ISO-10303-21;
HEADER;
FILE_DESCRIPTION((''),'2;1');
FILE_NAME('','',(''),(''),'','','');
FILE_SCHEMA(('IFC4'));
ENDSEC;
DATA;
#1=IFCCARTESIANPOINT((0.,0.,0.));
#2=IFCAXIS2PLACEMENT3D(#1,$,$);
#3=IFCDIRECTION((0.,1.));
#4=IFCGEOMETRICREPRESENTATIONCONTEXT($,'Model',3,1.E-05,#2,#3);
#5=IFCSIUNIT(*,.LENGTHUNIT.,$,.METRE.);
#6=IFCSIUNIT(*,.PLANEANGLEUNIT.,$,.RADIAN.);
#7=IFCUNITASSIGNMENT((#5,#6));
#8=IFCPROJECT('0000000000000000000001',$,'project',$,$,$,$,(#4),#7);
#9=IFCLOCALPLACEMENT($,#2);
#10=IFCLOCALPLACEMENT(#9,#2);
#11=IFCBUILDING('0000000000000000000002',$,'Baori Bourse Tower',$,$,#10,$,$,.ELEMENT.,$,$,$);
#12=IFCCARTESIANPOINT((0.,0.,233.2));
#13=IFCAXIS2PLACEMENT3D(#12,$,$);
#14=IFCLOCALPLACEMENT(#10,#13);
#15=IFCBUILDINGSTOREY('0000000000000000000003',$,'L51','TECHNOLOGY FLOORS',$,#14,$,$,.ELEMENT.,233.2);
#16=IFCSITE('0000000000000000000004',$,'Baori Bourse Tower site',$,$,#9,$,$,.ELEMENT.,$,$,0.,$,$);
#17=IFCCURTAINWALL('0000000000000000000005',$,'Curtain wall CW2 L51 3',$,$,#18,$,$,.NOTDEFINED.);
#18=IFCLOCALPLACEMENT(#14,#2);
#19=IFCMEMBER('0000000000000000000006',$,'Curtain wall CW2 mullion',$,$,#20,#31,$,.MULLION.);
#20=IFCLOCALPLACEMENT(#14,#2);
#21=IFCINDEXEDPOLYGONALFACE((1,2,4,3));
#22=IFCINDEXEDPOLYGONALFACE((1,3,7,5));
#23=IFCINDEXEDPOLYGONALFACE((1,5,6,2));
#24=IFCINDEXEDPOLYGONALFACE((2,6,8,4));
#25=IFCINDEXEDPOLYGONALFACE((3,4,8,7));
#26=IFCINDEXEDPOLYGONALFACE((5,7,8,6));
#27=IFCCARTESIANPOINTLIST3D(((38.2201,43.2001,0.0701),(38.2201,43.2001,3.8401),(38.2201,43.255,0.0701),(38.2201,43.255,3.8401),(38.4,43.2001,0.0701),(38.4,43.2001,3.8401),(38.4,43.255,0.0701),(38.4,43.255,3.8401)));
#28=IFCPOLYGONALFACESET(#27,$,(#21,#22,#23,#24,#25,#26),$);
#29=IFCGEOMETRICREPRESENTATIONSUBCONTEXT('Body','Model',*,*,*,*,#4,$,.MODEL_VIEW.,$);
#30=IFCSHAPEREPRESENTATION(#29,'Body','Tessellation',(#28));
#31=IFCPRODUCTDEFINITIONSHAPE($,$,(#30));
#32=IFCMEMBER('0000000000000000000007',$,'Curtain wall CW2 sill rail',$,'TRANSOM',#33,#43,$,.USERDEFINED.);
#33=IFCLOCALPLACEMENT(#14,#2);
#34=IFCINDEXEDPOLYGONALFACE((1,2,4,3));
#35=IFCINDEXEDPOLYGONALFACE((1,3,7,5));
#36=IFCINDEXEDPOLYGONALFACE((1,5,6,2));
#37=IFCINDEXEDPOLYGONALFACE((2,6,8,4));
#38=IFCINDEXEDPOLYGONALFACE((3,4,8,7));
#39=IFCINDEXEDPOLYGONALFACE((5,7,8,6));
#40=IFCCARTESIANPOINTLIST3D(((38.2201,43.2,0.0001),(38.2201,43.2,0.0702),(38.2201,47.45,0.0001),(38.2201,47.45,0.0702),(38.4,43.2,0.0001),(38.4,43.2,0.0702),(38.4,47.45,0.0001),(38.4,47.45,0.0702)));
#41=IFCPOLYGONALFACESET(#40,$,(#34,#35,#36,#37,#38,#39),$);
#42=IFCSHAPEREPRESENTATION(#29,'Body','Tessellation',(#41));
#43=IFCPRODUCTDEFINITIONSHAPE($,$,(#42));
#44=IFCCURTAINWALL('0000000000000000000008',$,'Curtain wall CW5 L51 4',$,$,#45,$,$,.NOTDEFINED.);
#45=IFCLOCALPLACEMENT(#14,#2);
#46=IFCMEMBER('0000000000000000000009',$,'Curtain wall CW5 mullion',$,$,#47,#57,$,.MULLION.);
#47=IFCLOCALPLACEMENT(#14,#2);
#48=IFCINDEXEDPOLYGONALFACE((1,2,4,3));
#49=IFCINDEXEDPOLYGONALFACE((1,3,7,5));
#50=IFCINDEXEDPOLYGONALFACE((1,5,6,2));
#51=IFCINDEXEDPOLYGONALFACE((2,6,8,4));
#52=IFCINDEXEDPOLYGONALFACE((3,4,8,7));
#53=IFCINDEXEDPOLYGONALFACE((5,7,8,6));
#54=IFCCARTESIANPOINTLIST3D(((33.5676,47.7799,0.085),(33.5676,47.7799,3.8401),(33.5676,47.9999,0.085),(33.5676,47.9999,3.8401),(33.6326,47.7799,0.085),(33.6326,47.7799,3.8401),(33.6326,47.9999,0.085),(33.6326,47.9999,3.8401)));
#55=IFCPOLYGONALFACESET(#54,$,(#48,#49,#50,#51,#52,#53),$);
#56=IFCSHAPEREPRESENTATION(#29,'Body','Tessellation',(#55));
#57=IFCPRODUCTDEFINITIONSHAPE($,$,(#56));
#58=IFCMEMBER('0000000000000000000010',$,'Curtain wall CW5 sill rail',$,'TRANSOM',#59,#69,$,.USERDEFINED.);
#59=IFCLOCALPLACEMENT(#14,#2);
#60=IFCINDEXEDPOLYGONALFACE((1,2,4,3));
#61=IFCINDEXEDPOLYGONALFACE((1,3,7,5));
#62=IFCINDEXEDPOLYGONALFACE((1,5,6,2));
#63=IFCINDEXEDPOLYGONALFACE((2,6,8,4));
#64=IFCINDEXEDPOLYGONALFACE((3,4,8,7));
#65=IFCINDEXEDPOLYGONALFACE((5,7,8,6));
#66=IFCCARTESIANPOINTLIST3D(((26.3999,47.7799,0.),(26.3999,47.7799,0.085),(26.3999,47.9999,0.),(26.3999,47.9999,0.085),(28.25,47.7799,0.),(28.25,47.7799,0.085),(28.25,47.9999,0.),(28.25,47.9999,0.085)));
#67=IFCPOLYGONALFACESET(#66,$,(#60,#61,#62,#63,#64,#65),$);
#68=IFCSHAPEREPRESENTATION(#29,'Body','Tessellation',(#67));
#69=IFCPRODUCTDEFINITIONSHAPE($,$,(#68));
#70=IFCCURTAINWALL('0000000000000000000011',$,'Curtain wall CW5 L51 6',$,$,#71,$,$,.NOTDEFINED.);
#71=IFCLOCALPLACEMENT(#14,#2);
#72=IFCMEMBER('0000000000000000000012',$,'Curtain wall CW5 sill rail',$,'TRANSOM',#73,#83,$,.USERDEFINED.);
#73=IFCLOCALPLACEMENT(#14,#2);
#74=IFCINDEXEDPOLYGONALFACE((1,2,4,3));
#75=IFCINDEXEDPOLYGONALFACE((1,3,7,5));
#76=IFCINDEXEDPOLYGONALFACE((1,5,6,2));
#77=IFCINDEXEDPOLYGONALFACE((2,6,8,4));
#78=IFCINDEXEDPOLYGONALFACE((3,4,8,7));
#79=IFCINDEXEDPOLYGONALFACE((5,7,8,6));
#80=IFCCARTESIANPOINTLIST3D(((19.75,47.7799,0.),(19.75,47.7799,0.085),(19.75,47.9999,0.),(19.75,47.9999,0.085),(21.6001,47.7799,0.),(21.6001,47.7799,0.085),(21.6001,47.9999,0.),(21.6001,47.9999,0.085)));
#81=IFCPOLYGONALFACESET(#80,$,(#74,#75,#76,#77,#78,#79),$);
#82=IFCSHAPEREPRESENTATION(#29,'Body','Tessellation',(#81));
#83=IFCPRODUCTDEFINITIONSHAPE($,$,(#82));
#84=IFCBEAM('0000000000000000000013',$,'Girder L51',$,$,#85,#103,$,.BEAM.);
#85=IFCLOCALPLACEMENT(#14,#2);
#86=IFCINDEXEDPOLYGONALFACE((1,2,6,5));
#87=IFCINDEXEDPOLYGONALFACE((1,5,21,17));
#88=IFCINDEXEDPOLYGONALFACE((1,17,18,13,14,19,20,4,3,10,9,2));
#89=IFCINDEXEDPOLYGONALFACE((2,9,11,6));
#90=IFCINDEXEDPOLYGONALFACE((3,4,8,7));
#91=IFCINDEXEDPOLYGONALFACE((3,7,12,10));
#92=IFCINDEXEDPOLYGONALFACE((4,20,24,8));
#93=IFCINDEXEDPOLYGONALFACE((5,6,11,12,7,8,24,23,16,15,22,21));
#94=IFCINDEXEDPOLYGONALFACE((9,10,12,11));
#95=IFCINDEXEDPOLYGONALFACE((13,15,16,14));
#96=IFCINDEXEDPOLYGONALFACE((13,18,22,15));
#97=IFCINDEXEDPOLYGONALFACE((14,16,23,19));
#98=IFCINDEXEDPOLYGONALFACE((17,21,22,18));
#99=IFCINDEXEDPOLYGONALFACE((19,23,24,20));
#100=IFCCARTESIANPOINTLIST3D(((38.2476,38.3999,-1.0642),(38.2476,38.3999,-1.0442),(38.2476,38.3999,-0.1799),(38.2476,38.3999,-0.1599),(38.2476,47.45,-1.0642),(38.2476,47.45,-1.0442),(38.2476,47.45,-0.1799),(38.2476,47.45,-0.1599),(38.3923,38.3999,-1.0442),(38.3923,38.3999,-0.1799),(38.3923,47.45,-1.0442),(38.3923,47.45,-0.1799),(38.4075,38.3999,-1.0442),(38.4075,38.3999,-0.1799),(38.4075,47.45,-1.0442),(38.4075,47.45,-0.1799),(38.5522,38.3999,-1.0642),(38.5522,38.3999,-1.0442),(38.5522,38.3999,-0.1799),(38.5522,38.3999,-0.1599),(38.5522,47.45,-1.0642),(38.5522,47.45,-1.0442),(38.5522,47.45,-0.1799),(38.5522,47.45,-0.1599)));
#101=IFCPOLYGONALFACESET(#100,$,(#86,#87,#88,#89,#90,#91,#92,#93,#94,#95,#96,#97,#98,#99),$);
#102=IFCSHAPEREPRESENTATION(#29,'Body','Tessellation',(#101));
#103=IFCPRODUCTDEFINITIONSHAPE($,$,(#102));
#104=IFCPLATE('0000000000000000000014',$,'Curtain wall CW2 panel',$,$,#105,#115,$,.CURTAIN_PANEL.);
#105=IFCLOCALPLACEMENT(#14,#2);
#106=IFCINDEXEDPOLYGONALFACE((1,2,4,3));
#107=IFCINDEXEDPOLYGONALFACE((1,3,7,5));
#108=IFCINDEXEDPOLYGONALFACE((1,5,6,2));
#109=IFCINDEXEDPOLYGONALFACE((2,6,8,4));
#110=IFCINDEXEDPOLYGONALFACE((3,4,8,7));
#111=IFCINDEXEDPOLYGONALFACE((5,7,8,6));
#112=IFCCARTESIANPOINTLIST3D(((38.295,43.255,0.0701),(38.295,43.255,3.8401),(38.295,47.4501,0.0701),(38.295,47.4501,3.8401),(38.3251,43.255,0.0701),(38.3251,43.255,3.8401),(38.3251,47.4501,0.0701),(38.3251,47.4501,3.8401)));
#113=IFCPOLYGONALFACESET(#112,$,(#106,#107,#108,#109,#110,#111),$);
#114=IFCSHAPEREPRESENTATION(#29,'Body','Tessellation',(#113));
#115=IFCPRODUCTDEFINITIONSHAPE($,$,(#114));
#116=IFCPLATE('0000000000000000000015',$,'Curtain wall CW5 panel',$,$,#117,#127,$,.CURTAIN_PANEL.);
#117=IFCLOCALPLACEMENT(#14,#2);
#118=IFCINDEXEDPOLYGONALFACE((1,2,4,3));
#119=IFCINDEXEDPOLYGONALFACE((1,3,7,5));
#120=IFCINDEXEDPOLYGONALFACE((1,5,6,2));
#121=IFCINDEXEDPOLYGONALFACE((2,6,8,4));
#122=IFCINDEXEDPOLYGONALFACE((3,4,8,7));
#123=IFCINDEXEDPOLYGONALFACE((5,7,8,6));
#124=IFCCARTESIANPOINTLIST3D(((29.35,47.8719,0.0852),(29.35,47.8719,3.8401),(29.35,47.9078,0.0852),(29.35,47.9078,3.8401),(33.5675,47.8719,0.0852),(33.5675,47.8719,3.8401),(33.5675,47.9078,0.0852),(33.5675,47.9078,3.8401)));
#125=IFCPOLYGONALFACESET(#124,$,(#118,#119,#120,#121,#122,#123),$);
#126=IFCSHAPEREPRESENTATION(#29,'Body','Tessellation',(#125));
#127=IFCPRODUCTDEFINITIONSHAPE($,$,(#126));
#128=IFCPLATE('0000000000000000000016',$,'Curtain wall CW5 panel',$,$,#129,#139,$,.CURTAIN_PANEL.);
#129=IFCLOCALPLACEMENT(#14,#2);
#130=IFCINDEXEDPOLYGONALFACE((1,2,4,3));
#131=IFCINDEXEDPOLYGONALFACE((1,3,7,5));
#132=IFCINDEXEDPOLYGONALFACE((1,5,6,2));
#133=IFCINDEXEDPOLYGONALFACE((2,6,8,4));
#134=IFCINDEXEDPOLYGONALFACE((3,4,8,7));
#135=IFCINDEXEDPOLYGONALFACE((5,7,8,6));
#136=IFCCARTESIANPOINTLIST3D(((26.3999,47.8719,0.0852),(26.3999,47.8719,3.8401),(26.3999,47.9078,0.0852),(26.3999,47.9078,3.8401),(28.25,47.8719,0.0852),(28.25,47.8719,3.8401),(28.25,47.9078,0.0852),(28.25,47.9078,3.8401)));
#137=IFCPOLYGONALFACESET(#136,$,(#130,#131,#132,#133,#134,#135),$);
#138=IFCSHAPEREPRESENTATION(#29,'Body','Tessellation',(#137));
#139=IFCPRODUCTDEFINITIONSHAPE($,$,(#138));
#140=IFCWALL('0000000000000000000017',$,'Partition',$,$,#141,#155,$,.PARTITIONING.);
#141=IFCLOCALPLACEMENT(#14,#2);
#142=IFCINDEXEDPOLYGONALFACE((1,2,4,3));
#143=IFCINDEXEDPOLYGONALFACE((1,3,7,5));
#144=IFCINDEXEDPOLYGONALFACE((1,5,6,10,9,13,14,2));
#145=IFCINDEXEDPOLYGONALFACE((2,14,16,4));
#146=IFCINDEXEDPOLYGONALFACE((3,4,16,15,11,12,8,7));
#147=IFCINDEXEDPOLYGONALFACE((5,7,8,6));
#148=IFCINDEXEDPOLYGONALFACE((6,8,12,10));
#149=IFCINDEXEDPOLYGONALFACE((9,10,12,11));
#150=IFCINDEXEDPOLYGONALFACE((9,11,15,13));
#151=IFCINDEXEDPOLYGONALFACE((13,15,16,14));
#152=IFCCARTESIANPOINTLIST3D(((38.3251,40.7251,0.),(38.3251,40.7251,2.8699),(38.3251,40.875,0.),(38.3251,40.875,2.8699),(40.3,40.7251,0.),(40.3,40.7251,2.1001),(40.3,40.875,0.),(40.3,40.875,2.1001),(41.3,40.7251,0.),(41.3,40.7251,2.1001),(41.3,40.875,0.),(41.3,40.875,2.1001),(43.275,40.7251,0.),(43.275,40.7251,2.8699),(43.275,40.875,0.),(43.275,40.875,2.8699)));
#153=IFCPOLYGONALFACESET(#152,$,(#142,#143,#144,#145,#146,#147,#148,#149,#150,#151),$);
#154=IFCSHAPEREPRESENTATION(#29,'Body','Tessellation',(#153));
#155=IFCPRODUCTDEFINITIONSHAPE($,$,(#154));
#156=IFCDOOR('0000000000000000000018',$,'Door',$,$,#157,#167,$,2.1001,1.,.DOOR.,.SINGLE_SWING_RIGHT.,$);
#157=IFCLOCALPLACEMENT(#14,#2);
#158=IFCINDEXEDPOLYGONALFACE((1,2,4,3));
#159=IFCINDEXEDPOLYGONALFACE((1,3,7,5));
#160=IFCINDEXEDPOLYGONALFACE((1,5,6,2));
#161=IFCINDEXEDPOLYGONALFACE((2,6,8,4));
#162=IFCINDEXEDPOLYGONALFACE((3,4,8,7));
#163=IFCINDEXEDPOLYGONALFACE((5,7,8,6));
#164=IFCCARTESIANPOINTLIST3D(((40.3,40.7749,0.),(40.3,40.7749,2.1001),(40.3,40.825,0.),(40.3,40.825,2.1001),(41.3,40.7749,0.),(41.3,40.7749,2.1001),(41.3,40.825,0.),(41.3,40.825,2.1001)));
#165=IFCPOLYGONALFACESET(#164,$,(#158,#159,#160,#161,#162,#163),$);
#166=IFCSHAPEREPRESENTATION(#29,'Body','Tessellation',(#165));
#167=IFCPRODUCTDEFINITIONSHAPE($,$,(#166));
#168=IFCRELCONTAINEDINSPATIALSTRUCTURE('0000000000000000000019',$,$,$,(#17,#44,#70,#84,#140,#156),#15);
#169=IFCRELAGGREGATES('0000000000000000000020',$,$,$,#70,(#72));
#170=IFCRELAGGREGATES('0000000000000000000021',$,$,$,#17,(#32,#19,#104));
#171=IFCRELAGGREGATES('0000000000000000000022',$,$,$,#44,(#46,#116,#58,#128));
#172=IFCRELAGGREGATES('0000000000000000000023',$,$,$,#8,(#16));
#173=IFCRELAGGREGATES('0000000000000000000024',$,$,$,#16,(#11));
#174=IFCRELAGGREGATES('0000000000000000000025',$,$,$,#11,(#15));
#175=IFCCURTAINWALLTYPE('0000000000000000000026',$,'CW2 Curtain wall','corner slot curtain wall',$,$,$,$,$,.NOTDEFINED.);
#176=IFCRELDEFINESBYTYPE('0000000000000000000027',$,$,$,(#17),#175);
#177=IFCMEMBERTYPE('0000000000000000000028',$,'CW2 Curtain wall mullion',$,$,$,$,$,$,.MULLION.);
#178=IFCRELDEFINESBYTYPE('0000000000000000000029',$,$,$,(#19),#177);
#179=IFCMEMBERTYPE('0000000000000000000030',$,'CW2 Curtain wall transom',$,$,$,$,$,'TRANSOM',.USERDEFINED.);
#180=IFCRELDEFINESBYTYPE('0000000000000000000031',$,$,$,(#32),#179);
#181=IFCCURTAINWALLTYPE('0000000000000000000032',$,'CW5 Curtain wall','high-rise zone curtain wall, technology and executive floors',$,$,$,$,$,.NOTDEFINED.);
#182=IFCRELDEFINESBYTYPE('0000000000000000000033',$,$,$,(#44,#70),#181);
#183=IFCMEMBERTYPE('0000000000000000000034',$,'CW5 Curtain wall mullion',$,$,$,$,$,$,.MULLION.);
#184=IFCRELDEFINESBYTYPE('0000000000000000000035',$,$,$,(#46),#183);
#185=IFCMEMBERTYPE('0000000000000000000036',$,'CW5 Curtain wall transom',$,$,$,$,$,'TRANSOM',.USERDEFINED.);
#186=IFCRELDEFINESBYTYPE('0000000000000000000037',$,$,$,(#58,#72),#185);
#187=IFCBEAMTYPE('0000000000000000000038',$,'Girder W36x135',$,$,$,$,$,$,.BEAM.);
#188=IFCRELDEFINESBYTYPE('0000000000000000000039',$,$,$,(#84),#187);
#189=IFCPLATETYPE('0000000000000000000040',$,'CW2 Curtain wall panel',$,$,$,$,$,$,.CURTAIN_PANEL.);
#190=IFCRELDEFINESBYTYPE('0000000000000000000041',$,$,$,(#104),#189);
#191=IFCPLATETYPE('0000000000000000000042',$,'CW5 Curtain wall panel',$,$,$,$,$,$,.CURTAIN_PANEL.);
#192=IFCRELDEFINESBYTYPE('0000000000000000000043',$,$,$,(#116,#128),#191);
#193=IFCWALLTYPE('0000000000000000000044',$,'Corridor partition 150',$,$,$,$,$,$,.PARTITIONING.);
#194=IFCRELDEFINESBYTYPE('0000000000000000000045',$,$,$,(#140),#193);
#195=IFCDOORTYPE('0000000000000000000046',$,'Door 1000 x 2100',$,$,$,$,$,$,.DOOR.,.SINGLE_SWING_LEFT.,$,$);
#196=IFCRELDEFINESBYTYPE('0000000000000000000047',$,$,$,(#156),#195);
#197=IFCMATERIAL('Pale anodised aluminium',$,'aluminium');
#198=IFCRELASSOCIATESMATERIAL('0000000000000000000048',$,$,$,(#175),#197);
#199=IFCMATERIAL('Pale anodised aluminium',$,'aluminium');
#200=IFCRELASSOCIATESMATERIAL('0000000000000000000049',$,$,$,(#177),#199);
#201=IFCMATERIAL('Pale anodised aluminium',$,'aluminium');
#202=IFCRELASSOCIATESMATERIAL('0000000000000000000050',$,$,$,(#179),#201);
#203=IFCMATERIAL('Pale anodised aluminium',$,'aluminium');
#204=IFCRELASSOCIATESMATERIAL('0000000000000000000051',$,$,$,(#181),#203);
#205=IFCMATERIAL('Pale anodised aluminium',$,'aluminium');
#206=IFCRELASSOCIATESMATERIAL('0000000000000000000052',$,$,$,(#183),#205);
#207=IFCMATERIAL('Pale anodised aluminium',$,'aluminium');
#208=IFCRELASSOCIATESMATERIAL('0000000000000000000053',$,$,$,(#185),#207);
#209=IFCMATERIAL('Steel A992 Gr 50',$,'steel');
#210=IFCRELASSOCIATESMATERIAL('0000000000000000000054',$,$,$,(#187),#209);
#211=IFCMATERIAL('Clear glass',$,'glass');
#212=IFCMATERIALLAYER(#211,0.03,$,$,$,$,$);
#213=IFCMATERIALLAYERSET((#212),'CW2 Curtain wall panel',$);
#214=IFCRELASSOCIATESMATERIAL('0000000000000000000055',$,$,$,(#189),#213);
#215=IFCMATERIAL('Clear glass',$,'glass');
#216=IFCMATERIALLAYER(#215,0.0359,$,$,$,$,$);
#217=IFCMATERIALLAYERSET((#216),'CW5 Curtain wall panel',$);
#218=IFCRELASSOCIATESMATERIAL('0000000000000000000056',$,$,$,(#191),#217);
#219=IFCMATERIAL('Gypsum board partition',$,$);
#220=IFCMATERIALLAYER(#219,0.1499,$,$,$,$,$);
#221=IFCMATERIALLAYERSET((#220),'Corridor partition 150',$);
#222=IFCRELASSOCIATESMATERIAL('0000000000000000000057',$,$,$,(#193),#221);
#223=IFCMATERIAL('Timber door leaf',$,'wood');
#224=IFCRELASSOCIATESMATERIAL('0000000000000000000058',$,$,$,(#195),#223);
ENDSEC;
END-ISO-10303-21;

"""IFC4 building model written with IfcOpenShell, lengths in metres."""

from ifc_helpers import new_model, si_unit, direction, frame, frame_2d, origin, origin_2d, place, context, subcontext, project, spatial, rectangle, i_section, extrude, material, layer, layer_set, material_profile, profile_set, type_object, element, fill, aggregate, save


model = new_model("IFC4")

# Units and contexts
model_context = context("Model", 3, precision=1e-05, world=origin(), true_north=direction((0.0, 1.0)))
body_context = subcontext(model_context, "Body", "Model", "MODEL_VIEW")
ifc_project = project(units=[si_unit("LENGTHUNIT", "METRE"), si_unit("PLANEANGLEUNIT", "RADIAN")], contexts=[model_context])

# Site, building, storey
site_placement = place(None, origin())
site = spatial("IfcSite", under=ifc_project, at=site_placement, Name="Baori Bourse Tower site", CompositionType="ELEMENT", RefElevation=0.0)
building_placement = place(site_placement, origin())
building = spatial("IfcBuilding", under=site, at=building_placement, Name="Baori Bourse Tower", CompositionType="ELEMENT")
storey_placement = place(building_placement, frame((0.0, 0.0, 233.2)))
storey = spatial("IfcBuildingStorey", under=building, at=storey_placement, Name="L51", Description="TECHNOLOGY FLOORS", CompositionType="ELEMENT", Elevation=233.2)

# Curtain walls, members
ifc_material_1 = material(Name="Pale anodised aluminium", Category="aluminium")
curtain_wall_type_1 = type_object("IfcCurtainWallType", Name="CW2 Curtain wall", Description="corner slot curtain wall", PredefinedType="NOTDEFINED", material=ifc_material_1)
curtain_wall_1_placement = place(storey_placement, origin())
curtain_wall_1 = element("IfcCurtainWall", 1, at=curtain_wall_1_placement, inside=storey, type_object=curtain_wall_type_1, Name="Curtain wall CW2 L51 3", PredefinedType="NOTDEFINED")
ifc_material_2 = material(Name="Pale anodised aluminium", Category="aluminium")
ifc_material_profile_1 = material_profile(ifc_material_2, rectangle(XDim=0.1799, YDim=0.0549, at=origin_2d()), Name="Mullion 55x180")
ifc_profile_set_1 = profile_set([ifc_material_profile_1], Name="Pale anodised aluminium")
member_type_1 = type_object("IfcMemberType", Name="CW2 Curtain wall mullion", PredefinedType="MULLION", material=ifc_profile_set_1)
member_1_placement = place(storey_placement, frame((38.3101, 43.2275, 0.0701), z_axis=(0.0, 0.0, 1.0), x_axis=(-1.0, 0.0, 0.0)))
member_1 = element("IfcMember", 2, at=member_1_placement, type_object=member_type_1, Name="Curtain wall CW2 mullion", PredefinedType="MULLION", context=body_context, shape_type="SweptSolid", body=[
    extrude(rectangle(XDim=0.1799, YDim=0.0549, at=origin_2d()), origin(), (0.0, 0.0, 1.0), 3.77),
])
ifc_material_3 = material(Name="Pale anodised aluminium", Category="aluminium")
ifc_material_profile_2 = material_profile(ifc_material_3, rectangle(XDim=0.1799, YDim=0.0701, at=origin_2d()), Name="Transom 70x180")
ifc_profile_set_2 = profile_set([ifc_material_profile_2], Name="Pale anodised aluminium")
member_type_2 = type_object("IfcMemberType", Name="CW2 Curtain wall transom", ElementType="TRANSOM", PredefinedType="USERDEFINED", material=ifc_profile_set_2)
member_2_placement = place(storey_placement, frame((38.3101, 43.2, 0.0352), z_axis=(0.0, 1.0, 0.0), x_axis=(-1.0, 0.0, 0.0)))
member_2 = element("IfcMember", 3, at=member_2_placement, type_object=member_type_2, Name="Curtain wall CW2 sill rail", ObjectType="TRANSOM", PredefinedType="USERDEFINED", context=body_context, shape_type="SweptSolid", body=[
    extrude(rectangle(XDim=0.1799, YDim=0.0701, at=origin_2d()), origin(), (0.0, 0.0, 1.0), 4.25),
])
ifc_material_4 = material(Name="Pale anodised aluminium", Category="aluminium")
curtain_wall_type_2 = type_object("IfcCurtainWallType", Name="CW5 Curtain wall", Description="high-rise zone curtain wall, technology and executive floors", PredefinedType="NOTDEFINED", material=ifc_material_4)
curtain_wall_2_placement = place(storey_placement, origin())
curtain_wall_2 = element("IfcCurtainWall", 4, at=curtain_wall_2_placement, inside=storey, type_object=curtain_wall_type_2, Name="Curtain wall CW5 L51 4", PredefinedType="NOTDEFINED")
ifc_material_5 = material(Name="Pale anodised aluminium", Category="aluminium")
ifc_material_profile_3 = material_profile(ifc_material_5, rectangle(XDim=0.22, YDim=0.0649, at=origin_2d()), Name="Mullion 65x220")
ifc_profile_set_3 = profile_set([ifc_material_profile_3], Name="Pale anodised aluminium")
member_type_3 = type_object("IfcMemberType", Name="CW5 Curtain wall mullion", PredefinedType="MULLION", material=ifc_profile_set_3)
member_3_placement = place(storey_placement, frame((33.6001, 47.8899, 0.085), z_axis=(0.0, 0.0, 1.0), x_axis=(0.0, -1.0, 0.0)))
member_3 = element("IfcMember", 5, at=member_3_placement, type_object=member_type_3, Name="Curtain wall CW5 mullion", PredefinedType="MULLION", context=body_context, shape_type="SweptSolid", body=[
    extrude(rectangle(XDim=0.22, YDim=0.0649, at=origin_2d()), origin(), (0.0, 0.0, 1.0), 3.7551),
])
ifc_material_6 = material(Name="Pale anodised aluminium", Category="aluminium")
ifc_material_profile_4 = material_profile(ifc_material_6, rectangle(XDim=0.22, YDim=0.085, at=origin_2d()), Name="Transom 85x220")
ifc_profile_set_4 = profile_set([ifc_material_profile_4], Name="Pale anodised aluminium")
member_type_4 = type_object("IfcMemberType", Name="CW5 Curtain wall transom", ElementType="TRANSOM", PredefinedType="USERDEFINED", material=ifc_profile_set_4)
member_4_placement = place(storey_placement, frame((28.25, 47.8899, 0.0425), z_axis=(-1.0, 0.0, 0.0), x_axis=(0.0, -1.0, 0.0)))
member_4 = element("IfcMember", 6, at=member_4_placement, type_object=member_type_4, Name="Curtain wall CW5 sill rail", ObjectType="TRANSOM", PredefinedType="USERDEFINED", context=body_context, shape_type="SweptSolid", body=[
    extrude(rectangle(XDim=0.22, YDim=0.085, at=origin_2d()), origin(), (0.0, 0.0, 1.0), 1.8501),
])

# Curtain wall, member
curtain_wall_3_placement = place(storey_placement, origin())
curtain_wall_3 = element("IfcCurtainWall", 7, at=curtain_wall_3_placement, inside=storey, type_object=curtain_wall_type_2, Name="Curtain wall CW5 L51 6", PredefinedType="NOTDEFINED")
member_5_placement = place(storey_placement, frame((21.6001, 47.8899, 0.0425), z_axis=(-1.0, 0.0, 0.0), x_axis=(0.0, -1.0, 0.0)))
member_5 = element("IfcMember", 8, at=member_5_placement, type_object=member_type_4, Name="Curtain wall CW5 sill rail", ObjectType="TRANSOM", PredefinedType="USERDEFINED", context=body_context, shape_type="SweptSolid", body=[
    extrude(rectangle(XDim=0.22, YDim=0.085, at=origin_2d()), origin(), (0.0, 0.0, 1.0), 1.8501),
])
aggregate(curtain_wall_3, [member_5])

# Beam
ifc_material_7 = material(Name="Steel A992 Gr 50", Category="steel")
ifc_material_profile_5 = material_profile(ifc_material_7, i_section(OverallWidth=0.3047, OverallDepth=0.9043, WebThickness=0.0151, FlangeThickness=0.02, at=origin_2d()), Name="W36x135")
ifc_profile_set_5 = profile_set([ifc_material_profile_5], Name="Steel A992 Gr 50")
beam_type = type_object("IfcBeamType", Name="Girder W36x135", PredefinedType="BEAM", material=ifc_profile_set_5)
beam_placement = place(storey_placement, frame((38.3999, 38.3999, -0.6121), z_axis=(0.0, 1.0, 0.0), x_axis=(-1.0, 0.0, 0.0)))
element("IfcBeam", 9, at=beam_placement, inside=storey, type_object=beam_type, Name="Girder L51", PredefinedType="BEAM", context=body_context, shape_type="SweptSolid", body=[
    extrude(i_section(OverallWidth=0.3047, OverallDepth=0.9043, WebThickness=0.0151, FlangeThickness=0.02, at=origin_2d()), origin(), (0.0, 0.0, 1.0), 9.05),
])

# Plates
ifc_material_8 = material(Name="Clear glass", Category="glass")
ifc_layer_1 = layer(ifc_material_8, 0.03)
ifc_layer_set_1 = layer_set([ifc_layer_1], Name="CW2 Curtain wall panel")
plate_type_1 = type_object("IfcPlateType", Name="CW2 Curtain wall panel", PredefinedType="CURTAIN_PANEL", material=ifc_layer_set_1)
plate_1_placement = place(storey_placement, frame((38.3101, 45.3525, 0.0701), z_axis=(0.0, 0.0, 1.0), x_axis=(0.0, 1.0, 0.0)))
plate_1 = element("IfcPlate", 10, at=plate_1_placement, type_object=plate_type_1, Name="Curtain wall CW2 panel", PredefinedType="CURTAIN_PANEL", context=body_context, shape_type="SweptSolid", body=[
    extrude(rectangle(XDim=4.1951, YDim=0.03, at=origin_2d()), origin(), (0.0, 0.0, 1.0), 3.77),
])
aggregate(curtain_wall_1, [member_2, member_1, plate_1])
ifc_material_9 = material(Name="Clear glass", Category="glass")
ifc_layer_2 = layer(ifc_material_9, 0.0359)
ifc_layer_set_2 = layer_set([ifc_layer_2], Name="CW5 Curtain wall panel")
plate_type_2 = type_object("IfcPlateType", Name="CW5 Curtain wall panel", PredefinedType="CURTAIN_PANEL", material=ifc_layer_set_2)
plate_2_placement = place(storey_placement, frame((31.4587, 47.8899, 0.0852), z_axis=(0.0, 0.0, 1.0), x_axis=(-1.0, 0.0, 0.0)))
plate_2 = element("IfcPlate", 11, at=plate_2_placement, type_object=plate_type_2, Name="Curtain wall CW5 panel", PredefinedType="CURTAIN_PANEL", context=body_context, shape_type="SweptSolid", body=[
    extrude(rectangle(XDim=4.2175, YDim=0.0359, at=origin_2d()), origin(), (0.0, 0.0, 1.0), 3.7549),
])
plate_3_placement = place(storey_placement, frame((27.325, 47.8899, 0.0852), z_axis=(0.0, 0.0, 1.0), x_axis=(-1.0, 0.0, 0.0)))
plate_3 = element("IfcPlate", 12, at=plate_3_placement, type_object=plate_type_2, Name="Curtain wall CW5 panel", PredefinedType="CURTAIN_PANEL", context=body_context, shape_type="SweptSolid", body=[
    extrude(rectangle(XDim=1.8501, YDim=0.0359, at=origin_2d()), origin(), (0.0, 0.0, 1.0), 3.7549),
])
aggregate(curtain_wall_2, [member_3, plate_2, member_4, plate_3])

# Wall, opening, door
ifc_material_10 = material(Name="Gypsum board partition")
ifc_layer_3 = layer(ifc_material_10, 0.1499)
ifc_layer_set_3 = layer_set([ifc_layer_3], Name="Corridor partition 150")
wall_type_1 = type_object("IfcWallType", Name="Corridor partition 150", PredefinedType="PARTITIONING", material=ifc_layer_set_3)
wall_1_placement = place(storey_placement, frame((38.325, 40.8, 0.0), z_axis=(0.0, 0.0, 1.0), x_axis=(1.0, 0.0, 0.0)))
wall_1 = element("IfcWall", 13, at=wall_1_placement, inside=storey, type_object=wall_type_1, Name="Partition", PredefinedType="PARTITIONING", context=body_context, shape_type="SweptSolid", body=[
    extrude(rectangle(XDim=4.95, YDim=0.1499, at=frame_2d((2.4751, 0.0))), origin(), (0.0, 0.0, 1.0), 2.8699),
])
opening_1_placement = place(wall_1_placement, frame((1.9751, 0.0, 0.0)))
opening_1 = element("IfcOpeningElement", 14, at=opening_1_placement, cuts=wall_1, PredefinedType="OPENING", context=body_context, shape_type="SweptSolid", body=[
    extrude(rectangle(XDim=1.0, YDim=2.1001, at=frame_2d((0.5, 1.05))), frame((0.0, 0.085, 0.0), z_axis=(0.0, -1.0, 0.0), x_axis=(1.0, 0.0, 0.0)), (0.0, 0.0, 1.0), 0.1699),
])
ifc_material_11 = material(Name="Timber door leaf", Category="wood")
door_type = type_object("IfcDoorType", Name="Door 1000 x 2100", OperationType="SINGLE_SWING_LEFT", PredefinedType="DOOR", material=ifc_material_11)
door_1_placement = place(opening_1_placement, origin())
door_1 = element("IfcDoor", 15, at=door_1_placement, inside=storey, type_object=door_type, Name="Door", OperationType="SINGLE_SWING_RIGHT", OverallHeight=2.1001, OverallWidth=1.0, PredefinedType="DOOR", context=body_context, shape_type="SweptSolid", body=[
    extrude(rectangle(XDim=1.0, YDim=2.1001, at=frame_2d((0.5, 1.05))), frame((0.0, 0.0249, 0.0), z_axis=(0.0, -1.0, 0.0), x_axis=(1.0, 0.0, 0.0)), (0.0, 0.0, 1.0), 0.05),
])
fill(opening_1, door_1)

save(model, "model.ifc")
